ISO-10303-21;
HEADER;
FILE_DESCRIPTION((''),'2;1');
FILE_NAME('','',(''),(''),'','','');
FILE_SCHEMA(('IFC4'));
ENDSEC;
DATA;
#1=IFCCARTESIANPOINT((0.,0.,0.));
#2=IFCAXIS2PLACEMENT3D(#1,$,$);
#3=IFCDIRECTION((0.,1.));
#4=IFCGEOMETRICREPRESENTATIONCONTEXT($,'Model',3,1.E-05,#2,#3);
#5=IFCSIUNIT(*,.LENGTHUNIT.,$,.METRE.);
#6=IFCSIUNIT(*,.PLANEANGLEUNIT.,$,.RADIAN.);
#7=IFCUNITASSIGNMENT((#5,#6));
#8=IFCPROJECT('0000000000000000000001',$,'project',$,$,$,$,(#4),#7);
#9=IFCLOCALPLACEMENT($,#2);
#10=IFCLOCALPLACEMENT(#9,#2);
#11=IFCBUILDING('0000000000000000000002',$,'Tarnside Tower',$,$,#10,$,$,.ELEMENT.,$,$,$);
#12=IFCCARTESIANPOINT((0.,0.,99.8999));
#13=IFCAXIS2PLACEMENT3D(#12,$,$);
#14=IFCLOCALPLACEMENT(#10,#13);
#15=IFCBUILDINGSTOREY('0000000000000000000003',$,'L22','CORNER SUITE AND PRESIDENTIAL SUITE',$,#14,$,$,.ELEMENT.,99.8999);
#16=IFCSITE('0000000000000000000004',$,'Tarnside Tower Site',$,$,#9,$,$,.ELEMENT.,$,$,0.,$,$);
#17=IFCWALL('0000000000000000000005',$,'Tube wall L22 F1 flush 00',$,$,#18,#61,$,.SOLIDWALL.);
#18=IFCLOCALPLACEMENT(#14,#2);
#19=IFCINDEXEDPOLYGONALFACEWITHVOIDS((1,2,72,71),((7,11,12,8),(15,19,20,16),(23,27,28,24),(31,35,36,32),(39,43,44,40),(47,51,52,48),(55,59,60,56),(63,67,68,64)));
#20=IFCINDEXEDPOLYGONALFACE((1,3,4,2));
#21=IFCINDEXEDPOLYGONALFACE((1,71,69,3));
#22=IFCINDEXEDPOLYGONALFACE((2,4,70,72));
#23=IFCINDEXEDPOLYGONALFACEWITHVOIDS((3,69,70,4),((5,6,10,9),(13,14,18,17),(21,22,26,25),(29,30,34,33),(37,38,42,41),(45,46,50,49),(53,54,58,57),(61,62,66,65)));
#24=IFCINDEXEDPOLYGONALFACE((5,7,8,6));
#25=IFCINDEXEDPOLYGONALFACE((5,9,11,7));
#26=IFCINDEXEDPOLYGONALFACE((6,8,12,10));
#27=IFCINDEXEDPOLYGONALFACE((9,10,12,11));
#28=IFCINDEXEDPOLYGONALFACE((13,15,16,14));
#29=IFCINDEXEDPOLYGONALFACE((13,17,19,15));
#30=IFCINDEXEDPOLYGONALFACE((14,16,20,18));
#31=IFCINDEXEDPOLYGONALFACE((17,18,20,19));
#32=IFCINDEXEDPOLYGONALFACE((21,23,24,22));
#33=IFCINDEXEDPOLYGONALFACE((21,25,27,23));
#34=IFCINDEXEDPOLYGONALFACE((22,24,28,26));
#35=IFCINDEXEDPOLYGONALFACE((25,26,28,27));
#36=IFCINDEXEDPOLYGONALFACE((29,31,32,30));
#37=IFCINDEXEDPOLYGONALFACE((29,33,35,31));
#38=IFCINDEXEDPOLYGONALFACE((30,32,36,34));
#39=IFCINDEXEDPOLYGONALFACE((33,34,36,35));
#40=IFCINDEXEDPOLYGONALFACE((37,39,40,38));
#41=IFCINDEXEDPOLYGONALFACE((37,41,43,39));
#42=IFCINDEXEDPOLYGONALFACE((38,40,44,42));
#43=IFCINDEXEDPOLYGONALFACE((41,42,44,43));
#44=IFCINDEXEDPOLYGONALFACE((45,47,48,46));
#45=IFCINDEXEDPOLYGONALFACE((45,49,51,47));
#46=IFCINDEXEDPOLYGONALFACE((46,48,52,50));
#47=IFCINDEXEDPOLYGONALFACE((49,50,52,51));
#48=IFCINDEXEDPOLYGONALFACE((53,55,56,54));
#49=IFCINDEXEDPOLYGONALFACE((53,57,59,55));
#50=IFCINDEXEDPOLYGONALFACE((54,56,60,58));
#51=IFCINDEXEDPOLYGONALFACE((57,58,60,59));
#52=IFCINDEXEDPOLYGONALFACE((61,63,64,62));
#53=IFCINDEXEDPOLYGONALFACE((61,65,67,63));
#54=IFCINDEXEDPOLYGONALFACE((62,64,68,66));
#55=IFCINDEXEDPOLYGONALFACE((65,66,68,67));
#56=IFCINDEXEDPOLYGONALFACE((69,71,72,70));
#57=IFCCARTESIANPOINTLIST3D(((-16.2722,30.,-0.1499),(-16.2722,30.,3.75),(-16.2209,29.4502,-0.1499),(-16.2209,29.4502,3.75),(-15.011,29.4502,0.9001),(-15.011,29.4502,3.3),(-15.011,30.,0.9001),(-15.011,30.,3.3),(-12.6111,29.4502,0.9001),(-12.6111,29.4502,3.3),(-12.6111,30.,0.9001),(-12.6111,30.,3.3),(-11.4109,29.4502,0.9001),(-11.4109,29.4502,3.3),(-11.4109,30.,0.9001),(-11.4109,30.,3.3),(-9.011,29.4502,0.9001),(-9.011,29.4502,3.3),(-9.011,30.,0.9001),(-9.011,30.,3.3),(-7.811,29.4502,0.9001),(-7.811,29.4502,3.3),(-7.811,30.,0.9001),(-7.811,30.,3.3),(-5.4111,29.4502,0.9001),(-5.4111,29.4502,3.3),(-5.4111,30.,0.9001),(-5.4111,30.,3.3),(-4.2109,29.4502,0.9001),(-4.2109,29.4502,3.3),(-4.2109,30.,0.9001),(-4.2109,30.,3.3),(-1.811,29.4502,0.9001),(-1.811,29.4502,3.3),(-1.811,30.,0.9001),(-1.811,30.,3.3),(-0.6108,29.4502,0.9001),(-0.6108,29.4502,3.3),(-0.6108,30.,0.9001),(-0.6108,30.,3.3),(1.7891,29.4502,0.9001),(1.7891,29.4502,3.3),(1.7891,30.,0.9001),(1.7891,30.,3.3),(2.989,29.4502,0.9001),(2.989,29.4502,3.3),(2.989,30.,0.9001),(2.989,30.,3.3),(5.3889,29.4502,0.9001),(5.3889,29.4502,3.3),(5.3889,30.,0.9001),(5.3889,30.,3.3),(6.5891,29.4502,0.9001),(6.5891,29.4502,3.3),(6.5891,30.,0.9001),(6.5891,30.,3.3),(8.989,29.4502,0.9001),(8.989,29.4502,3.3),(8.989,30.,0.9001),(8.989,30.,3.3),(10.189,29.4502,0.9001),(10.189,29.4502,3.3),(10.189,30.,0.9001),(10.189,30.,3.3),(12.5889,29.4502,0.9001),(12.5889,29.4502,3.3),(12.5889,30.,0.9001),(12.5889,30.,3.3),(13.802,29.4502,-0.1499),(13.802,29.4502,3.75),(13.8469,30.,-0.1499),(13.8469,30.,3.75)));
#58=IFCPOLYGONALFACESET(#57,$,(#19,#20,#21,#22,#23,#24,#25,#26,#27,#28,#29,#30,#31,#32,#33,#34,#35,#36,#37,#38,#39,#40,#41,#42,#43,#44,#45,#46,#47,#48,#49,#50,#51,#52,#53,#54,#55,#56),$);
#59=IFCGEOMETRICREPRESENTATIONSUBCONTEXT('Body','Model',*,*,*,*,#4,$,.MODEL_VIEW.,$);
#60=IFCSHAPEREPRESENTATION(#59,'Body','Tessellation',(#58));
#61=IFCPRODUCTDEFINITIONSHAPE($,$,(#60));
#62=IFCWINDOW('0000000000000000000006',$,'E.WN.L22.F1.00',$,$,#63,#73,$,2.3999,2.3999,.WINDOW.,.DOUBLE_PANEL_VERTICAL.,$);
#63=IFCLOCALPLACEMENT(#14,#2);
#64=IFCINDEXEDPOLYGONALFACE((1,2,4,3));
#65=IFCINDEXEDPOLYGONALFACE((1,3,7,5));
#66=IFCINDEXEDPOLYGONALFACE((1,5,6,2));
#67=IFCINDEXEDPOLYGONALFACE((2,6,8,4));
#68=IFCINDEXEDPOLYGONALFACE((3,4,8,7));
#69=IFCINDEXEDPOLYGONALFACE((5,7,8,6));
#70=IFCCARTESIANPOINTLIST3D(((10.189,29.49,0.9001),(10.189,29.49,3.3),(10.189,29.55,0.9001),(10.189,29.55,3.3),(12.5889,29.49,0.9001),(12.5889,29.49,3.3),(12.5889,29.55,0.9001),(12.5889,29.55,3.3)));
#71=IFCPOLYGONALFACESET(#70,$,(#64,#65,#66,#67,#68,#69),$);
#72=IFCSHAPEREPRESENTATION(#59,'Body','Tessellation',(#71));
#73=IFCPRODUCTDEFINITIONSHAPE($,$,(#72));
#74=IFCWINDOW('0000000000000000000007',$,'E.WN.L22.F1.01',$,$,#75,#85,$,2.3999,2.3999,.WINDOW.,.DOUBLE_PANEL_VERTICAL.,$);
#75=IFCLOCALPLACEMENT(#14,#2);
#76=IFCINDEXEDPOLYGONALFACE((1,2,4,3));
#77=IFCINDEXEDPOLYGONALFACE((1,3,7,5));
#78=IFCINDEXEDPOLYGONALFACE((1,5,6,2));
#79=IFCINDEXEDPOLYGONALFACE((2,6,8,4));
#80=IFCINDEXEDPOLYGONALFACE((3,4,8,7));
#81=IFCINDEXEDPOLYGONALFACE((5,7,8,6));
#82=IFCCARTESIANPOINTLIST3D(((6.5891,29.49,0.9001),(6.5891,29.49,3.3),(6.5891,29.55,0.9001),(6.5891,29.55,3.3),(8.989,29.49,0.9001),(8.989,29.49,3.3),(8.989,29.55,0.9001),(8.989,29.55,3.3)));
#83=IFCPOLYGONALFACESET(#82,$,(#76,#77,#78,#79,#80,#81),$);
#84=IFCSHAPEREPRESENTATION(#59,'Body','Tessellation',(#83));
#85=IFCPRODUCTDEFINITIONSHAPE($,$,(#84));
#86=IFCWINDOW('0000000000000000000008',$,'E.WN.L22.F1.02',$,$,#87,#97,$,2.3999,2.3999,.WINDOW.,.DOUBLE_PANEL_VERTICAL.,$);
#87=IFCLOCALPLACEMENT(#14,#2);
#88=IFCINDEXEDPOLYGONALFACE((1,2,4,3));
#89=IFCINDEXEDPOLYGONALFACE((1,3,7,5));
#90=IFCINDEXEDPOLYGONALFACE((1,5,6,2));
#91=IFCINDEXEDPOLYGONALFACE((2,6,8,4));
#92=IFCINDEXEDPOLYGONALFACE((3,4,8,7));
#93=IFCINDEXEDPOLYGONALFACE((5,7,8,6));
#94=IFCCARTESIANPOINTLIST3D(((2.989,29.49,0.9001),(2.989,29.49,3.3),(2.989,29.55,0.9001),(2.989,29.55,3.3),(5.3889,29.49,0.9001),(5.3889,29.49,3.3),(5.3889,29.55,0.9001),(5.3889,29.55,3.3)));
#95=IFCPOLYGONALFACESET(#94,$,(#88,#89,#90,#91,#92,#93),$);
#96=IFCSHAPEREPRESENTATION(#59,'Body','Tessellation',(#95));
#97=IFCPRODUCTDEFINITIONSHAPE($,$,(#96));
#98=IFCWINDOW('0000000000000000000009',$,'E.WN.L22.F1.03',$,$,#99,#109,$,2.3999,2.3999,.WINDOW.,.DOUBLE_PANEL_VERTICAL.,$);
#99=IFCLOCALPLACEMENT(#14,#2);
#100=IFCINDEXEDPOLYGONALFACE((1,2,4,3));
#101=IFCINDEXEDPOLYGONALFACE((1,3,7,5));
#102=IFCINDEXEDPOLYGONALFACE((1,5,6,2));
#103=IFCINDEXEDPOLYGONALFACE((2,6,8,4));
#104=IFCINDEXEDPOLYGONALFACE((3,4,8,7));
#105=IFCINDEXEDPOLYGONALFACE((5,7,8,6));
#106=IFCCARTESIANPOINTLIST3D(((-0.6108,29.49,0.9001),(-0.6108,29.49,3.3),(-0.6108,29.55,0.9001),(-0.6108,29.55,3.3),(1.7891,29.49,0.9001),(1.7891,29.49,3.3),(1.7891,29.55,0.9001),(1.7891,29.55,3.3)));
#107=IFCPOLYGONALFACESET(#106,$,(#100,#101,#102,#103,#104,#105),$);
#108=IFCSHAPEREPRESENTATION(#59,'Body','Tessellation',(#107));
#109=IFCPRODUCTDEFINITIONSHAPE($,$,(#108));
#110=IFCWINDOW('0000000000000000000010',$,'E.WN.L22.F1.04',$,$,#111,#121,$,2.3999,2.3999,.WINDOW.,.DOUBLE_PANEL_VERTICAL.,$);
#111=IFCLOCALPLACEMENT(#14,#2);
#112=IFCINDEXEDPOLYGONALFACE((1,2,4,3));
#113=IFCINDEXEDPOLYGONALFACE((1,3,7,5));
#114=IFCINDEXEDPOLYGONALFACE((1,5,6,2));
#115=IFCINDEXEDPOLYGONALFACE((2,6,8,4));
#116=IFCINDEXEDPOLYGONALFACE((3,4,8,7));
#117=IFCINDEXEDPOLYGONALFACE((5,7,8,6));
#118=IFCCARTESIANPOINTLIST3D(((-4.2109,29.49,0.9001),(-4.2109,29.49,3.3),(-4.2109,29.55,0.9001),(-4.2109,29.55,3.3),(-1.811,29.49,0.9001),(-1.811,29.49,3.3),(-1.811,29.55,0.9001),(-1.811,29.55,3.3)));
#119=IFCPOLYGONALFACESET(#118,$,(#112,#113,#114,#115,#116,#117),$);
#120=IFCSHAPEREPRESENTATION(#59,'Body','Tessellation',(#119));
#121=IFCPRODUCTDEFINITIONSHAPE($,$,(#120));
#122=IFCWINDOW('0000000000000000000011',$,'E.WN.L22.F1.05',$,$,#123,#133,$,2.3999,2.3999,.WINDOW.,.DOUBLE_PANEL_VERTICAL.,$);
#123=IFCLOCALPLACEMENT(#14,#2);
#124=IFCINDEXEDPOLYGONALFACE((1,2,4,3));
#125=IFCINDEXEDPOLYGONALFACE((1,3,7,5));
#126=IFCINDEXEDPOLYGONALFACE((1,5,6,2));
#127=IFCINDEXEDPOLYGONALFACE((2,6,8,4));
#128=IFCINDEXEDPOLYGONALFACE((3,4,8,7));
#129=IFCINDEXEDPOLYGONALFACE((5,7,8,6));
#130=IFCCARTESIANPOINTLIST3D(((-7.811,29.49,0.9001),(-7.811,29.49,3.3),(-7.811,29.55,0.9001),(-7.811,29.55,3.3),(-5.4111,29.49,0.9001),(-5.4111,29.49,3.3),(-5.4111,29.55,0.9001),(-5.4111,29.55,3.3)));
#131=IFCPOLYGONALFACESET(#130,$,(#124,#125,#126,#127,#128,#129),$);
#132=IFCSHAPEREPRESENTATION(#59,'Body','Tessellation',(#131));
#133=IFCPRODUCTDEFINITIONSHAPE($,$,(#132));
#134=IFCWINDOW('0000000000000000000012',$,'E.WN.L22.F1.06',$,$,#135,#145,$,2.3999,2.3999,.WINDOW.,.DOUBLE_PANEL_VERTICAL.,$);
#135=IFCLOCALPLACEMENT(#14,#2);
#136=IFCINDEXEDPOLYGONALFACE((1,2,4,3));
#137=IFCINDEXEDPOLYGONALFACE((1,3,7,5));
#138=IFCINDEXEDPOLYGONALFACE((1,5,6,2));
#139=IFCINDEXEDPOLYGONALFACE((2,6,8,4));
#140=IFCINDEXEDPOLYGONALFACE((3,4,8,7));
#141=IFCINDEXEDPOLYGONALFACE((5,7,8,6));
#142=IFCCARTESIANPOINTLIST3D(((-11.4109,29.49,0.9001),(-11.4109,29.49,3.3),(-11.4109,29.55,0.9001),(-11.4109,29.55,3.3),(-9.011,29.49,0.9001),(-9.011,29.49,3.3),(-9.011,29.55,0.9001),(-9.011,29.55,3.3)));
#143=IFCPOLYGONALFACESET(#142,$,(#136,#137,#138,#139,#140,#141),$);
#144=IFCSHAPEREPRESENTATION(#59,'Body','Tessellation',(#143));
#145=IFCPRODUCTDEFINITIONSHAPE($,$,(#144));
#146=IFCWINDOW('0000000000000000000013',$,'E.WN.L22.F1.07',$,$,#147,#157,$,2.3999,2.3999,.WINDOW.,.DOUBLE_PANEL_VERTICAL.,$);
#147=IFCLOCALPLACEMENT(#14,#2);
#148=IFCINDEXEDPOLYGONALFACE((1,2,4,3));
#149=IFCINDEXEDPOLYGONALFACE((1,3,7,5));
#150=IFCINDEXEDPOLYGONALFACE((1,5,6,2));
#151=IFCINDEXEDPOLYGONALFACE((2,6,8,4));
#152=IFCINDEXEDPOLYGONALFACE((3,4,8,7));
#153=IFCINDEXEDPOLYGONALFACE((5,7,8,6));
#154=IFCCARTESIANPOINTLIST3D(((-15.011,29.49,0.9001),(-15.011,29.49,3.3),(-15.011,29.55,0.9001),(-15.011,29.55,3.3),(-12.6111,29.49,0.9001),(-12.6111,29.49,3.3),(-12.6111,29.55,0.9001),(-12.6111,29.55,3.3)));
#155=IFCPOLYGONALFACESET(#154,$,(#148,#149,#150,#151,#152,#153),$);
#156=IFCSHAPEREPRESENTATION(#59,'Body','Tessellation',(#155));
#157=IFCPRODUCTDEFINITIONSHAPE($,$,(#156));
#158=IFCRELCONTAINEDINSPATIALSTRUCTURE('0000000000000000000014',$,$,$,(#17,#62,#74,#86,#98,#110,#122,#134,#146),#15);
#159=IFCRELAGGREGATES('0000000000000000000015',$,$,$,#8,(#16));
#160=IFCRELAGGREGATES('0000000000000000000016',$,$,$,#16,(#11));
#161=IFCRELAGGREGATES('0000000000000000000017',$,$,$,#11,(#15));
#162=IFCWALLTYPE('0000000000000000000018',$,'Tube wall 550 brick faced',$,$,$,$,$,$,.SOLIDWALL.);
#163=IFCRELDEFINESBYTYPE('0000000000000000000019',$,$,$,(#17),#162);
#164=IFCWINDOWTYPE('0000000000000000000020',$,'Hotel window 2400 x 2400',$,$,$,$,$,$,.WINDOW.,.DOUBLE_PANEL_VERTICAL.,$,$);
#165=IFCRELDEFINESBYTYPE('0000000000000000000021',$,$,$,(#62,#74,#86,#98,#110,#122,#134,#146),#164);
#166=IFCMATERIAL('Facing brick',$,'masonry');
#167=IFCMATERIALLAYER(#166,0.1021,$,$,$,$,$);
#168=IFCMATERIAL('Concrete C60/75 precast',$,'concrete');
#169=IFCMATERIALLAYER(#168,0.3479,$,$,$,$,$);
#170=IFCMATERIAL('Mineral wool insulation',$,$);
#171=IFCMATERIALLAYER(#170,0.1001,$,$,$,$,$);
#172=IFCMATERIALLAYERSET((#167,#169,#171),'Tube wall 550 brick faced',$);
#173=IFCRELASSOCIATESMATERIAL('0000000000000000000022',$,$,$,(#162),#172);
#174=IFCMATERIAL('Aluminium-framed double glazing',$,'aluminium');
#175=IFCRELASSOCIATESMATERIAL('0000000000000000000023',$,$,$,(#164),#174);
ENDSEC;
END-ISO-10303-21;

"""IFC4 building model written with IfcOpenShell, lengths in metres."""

from ifc_helpers import new_model, si_unit, direction, frame, frame_2d, origin, place, context, subcontext, project, spatial, polyline, rectangle, outline, extrude, material, layer, layer_set, type_object, element, fill, save


model = new_model("IFC4")

# Units and contexts
model_context = context("Model", 3, precision=1e-05, world=origin(), true_north=direction((0.0, 1.0)))
body_context = subcontext(model_context, "Body", "Model", "MODEL_VIEW")
ifc_project = project(units=[si_unit("LENGTHUNIT", "METRE"), si_unit("PLANEANGLEUNIT", "RADIAN")], contexts=[model_context])

# Site, building, storey
site_placement = place(None, origin())
site = spatial("IfcSite", under=ifc_project, at=site_placement, Name="Tarnside Tower Site", CompositionType="ELEMENT", RefElevation=0.0)
building_placement = place(site_placement, origin())
building = spatial("IfcBuilding", under=site, at=building_placement, Name="Tarnside Tower", CompositionType="ELEMENT")
storey_placement = place(building_placement, frame((0.0, 0.0, 99.8999)))
storey = spatial("IfcBuildingStorey", under=building, at=storey_placement, Name="L22", Description="CORNER SUITE AND PRESIDENTIAL SUITE", CompositionType="ELEMENT", Elevation=99.8999)

# Wall, openings, windows
ifc_material_1 = material(Name="Facing brick", Category="masonry")
ifc_layer_1 = layer(ifc_material_1, 0.1021)
ifc_material_2 = material(Name="Concrete C60/75 precast", Category="concrete")
ifc_layer_2 = layer(ifc_material_2, 0.3479)
ifc_material_3 = material(Name="Mineral wool insulation")
ifc_layer_3 = layer(ifc_material_3, 0.1001)
ifc_layer_set_1 = layer_set([ifc_layer_1, ifc_layer_2, ifc_layer_3], Name="Tube wall 550 brick faced")
wall_type_1 = type_object("IfcWallType", Name="Tube wall 550 brick faced", PredefinedType="SOLIDWALL", material=ifc_layer_set_1)
wall_1_placement = place(storey_placement, frame((13.8245, 29.7251, -0.1499), z_axis=(0.0, 0.0, 1.0), x_axis=(-1.0, 0.0, 0.0)))
wall_1 = element("IfcWall", 1, at=wall_1_placement, inside=storey, type_object=wall_type_1, Name="Tube wall L22 F1 flush 00", PredefinedType="SOLIDWALL", context=body_context, shape_type="SweptSolid", body=[
    extrude(outline(polyline([(-0.0225, -0.2749), (30.0967, -0.2749), (30.0454, 0.2749), (0.0225, 0.2749), (-0.0225, -0.2749)])), origin(), (0.0, 0.0, 1.0), 3.8999),
])
opening_1_placement = place(wall_1_placement, frame((1.2356, 0.0, 1.05)))
opening_1 = element("IfcOpeningElement", 2, at=opening_1_placement, cuts=wall_1, PredefinedType="OPENING", context=body_context, shape_type="SweptSolid", body=[
    extrude(rectangle(XDim=2.3999, YDim=2.3999, at=frame_2d((1.2, 1.2))), frame((0.0, 0.2852, 0.0), z_axis=(0.0, -1.0, 0.0), x_axis=(1.0, 0.0, 0.0)), (0.0, 0.0, 1.0), 0.5701),
])
opening_2_placement = place(wall_1_placement, frame((4.8354, 0.0, 1.05)))
opening_2 = element("IfcOpeningElement", 3, at=opening_2_placement, cuts=wall_1, PredefinedType="OPENING", context=body_context, shape_type="SweptSolid", body=[
    extrude(rectangle(XDim=2.3999, YDim=2.3999, at=frame_2d((1.2, 1.2))), frame((0.0, 0.2852, 0.0), z_axis=(0.0, -1.0, 0.0), x_axis=(1.0, 0.0, 0.0)), (0.0, 0.0, 1.0), 0.5701),
])
opening_3_placement = place(wall_1_placement, frame((8.4355, 0.0, 1.05)))
opening_3 = element("IfcOpeningElement", 4, at=opening_3_placement, cuts=wall_1, PredefinedType="OPENING", context=body_context, shape_type="SweptSolid", body=[
    extrude(rectangle(XDim=2.3999, YDim=2.3999, at=frame_2d((1.2, 1.2))), frame((0.0, 0.2852, 0.0), z_axis=(0.0, -1.0, 0.0), x_axis=(1.0, 0.0, 0.0)), (0.0, 0.0, 1.0), 0.5701),
])
opening_4_placement = place(wall_1_placement, frame((12.0354, 0.0, 1.05)))
opening_4 = element("IfcOpeningElement", 5, at=opening_4_placement, cuts=wall_1, PredefinedType="OPENING", context=body_context, shape_type="SweptSolid", body=[
    extrude(rectangle(XDim=2.3999, YDim=2.3999, at=frame_2d((1.2, 1.2))), frame((0.0, 0.2852, 0.0), z_axis=(0.0, -1.0, 0.0), x_axis=(1.0, 0.0, 0.0)), (0.0, 0.0, 1.0), 0.5701),
])
opening_5_placement = place(wall_1_placement, frame((15.6355, 0.0, 1.05)))
opening_5 = element("IfcOpeningElement", 6, at=opening_5_placement, cuts=wall_1, PredefinedType="OPENING", context=body_context, shape_type="SweptSolid", body=[
    extrude(rectangle(XDim=2.3999, YDim=2.3999, at=frame_2d((1.2, 1.2))), frame((0.0, 0.2852, 0.0), z_axis=(0.0, -1.0, 0.0), x_axis=(1.0, 0.0, 0.0)), (0.0, 0.0, 1.0), 0.5701),
])
opening_6_placement = place(wall_1_placement, frame((19.2356, 0.0, 1.05)))
opening_6 = element("IfcOpeningElement", 7, at=opening_6_placement, cuts=wall_1, PredefinedType="OPENING", context=body_context, shape_type="SweptSolid", body=[
    extrude(rectangle(XDim=2.3999, YDim=2.3999, at=frame_2d((1.2, 1.2))), frame((0.0, 0.2852, 0.0), z_axis=(0.0, -1.0, 0.0), x_axis=(1.0, 0.0, 0.0)), (0.0, 0.0, 1.0), 0.5701),
])
opening_7_placement = place(wall_1_placement, frame((22.8354, 0.0, 1.05)))
opening_7 = element("IfcOpeningElement", 8, at=opening_7_placement, cuts=wall_1, PredefinedType="OPENING", context=body_context, shape_type="SweptSolid", body=[
    extrude(rectangle(XDim=2.3999, YDim=2.3999, at=frame_2d((1.2, 1.2))), frame((0.0, 0.2852, 0.0), z_axis=(0.0, -1.0, 0.0), x_axis=(1.0, 0.0, 0.0)), (0.0, 0.0, 1.0), 0.5701),
])
opening_8_placement = place(wall_1_placement, frame((26.4355, 0.0, 1.05)))
opening_8 = element("IfcOpeningElement", 9, at=opening_8_placement, cuts=wall_1, PredefinedType="OPENING", context=body_context, shape_type="SweptSolid", body=[
    extrude(rectangle(XDim=2.3999, YDim=2.3999, at=frame_2d((1.2, 1.2))), frame((0.0, 0.2852, 0.0), z_axis=(0.0, -1.0, 0.0), x_axis=(1.0, 0.0, 0.0)), (0.0, 0.0, 1.0), 0.5701),
])
ifc_material_4 = material(Name="Aluminium-framed double glazing", Category="aluminium")
window_type = type_object("IfcWindowType", Name="Hotel window 2400 x 2400", PartitioningType="DOUBLE_PANEL_VERTICAL", PredefinedType="WINDOW", material=ifc_material_4)
window_1_placement = place(opening_1_placement, frame((0.0, 0.2051, 0.0)))
window_1 = element("IfcWindow", 10, at=window_1_placement, inside=storey, type_object=window_type, Name="E.WN.L22.F1.00", OverallHeight=2.3999, OverallWidth=2.3999, PartitioningType="DOUBLE_PANEL_VERTICAL", PredefinedType="WINDOW", context=body_context, shape_type="SweptSolid", body=[
    extrude(rectangle(XDim=2.3999, YDim=2.3999, at=frame_2d((1.2, 1.2))), frame((0.0, 0.03, 0.0), z_axis=(0.0, -1.0, 0.0), x_axis=(1.0, 0.0, 0.0)), (0.0, 0.0, 1.0), 0.0601),
])
fill(opening_1, window_1)
window_2_placement = place(opening_2_placement, frame((0.0, 0.2051, 0.0)))
window_2 = element("IfcWindow", 11, at=window_2_placement, inside=storey, type_object=window_type, Name="E.WN.L22.F1.01", OverallHeight=2.3999, OverallWidth=2.3999, PartitioningType="DOUBLE_PANEL_VERTICAL", PredefinedType="WINDOW", context=body_context, shape_type="SweptSolid", body=[
    extrude(rectangle(XDim=2.3999, YDim=2.3999, at=frame_2d((1.2, 1.2))), frame((0.0, 0.03, 0.0), z_axis=(0.0, -1.0, 0.0), x_axis=(1.0, 0.0, 0.0)), (0.0, 0.0, 1.0), 0.0601),
])
fill(opening_2, window_2)
window_3_placement = place(opening_3_placement, frame((0.0, 0.2051, 0.0)))
window_3 = element("IfcWindow", 12, at=window_3_placement, inside=storey, type_object=window_type, Name="E.WN.L22.F1.02", OverallHeight=2.3999, OverallWidth=2.3999, PartitioningType="DOUBLE_PANEL_VERTICAL", PredefinedType="WINDOW", context=body_context, shape_type="SweptSolid", body=[
    extrude(rectangle(XDim=2.3999, YDim=2.3999, at=frame_2d((1.2, 1.2))), frame((0.0, 0.03, 0.0), z_axis=(0.0, -1.0, 0.0), x_axis=(1.0, 0.0, 0.0)), (0.0, 0.0, 1.0), 0.0601),
])
fill(opening_3, window_3)
window_4_placement = place(opening_4_placement, frame((0.0, 0.2051, 0.0)))
window_4 = element("IfcWindow", 13, at=window_4_placement, inside=storey, type_object=window_type, Name="E.WN.L22.F1.03", OverallHeight=2.3999, OverallWidth=2.3999, PartitioningType="DOUBLE_PANEL_VERTICAL", PredefinedType="WINDOW", context=body_context, shape_type="SweptSolid", body=[
    extrude(rectangle(XDim=2.3999, YDim=2.3999, at=frame_2d((1.2, 1.2))), frame((0.0, 0.03, 0.0), z_axis=(0.0, -1.0, 0.0), x_axis=(1.0, 0.0, 0.0)), (0.0, 0.0, 1.0), 0.0601),
])
fill(opening_4, window_4)
window_5_placement = place(opening_5_placement, frame((0.0, 0.2051, 0.0)))
window_5 = element("IfcWindow", 14, at=window_5_placement, inside=storey, type_object=window_type, Name="E.WN.L22.F1.04", OverallHeight=2.3999, OverallWidth=2.3999, PartitioningType="DOUBLE_PANEL_VERTICAL", PredefinedType="WINDOW", context=body_context, shape_type="SweptSolid", body=[
    extrude(rectangle(XDim=2.3999, YDim=2.3999, at=frame_2d((1.2, 1.2))), frame((0.0, 0.03, 0.0), z_axis=(0.0, -1.0, 0.0), x_axis=(1.0, 0.0, 0.0)), (0.0, 0.0, 1.0), 0.0601),
])
fill(opening_5, window_5)
window_6_placement = place(opening_6_placement, frame((0.0, 0.2051, 0.0)))
window_6 = element("IfcWindow", 15, at=window_6_placement, inside=storey, type_object=window_type, Name="E.WN.L22.F1.05", OverallHeight=2.3999, OverallWidth=2.3999, PartitioningType="DOUBLE_PANEL_VERTICAL", PredefinedType="WINDOW", context=body_context, shape_type="SweptSolid", body=[
    extrude(rectangle(XDim=2.3999, YDim=2.3999, at=frame_2d((1.2, 1.2))), frame((0.0, 0.03, 0.0), z_axis=(0.0, -1.0, 0.0), x_axis=(1.0, 0.0, 0.0)), (0.0, 0.0, 1.0), 0.0601),
])
fill(opening_6, window_6)
window_7_placement = place(opening_7_placement, frame((0.0, 0.2051, 0.0)))
window_7 = element("IfcWindow", 16, at=window_7_placement, inside=storey, type_object=window_type, Name="E.WN.L22.F1.06", OverallHeight=2.3999, OverallWidth=2.3999, PartitioningType="DOUBLE_PANEL_VERTICAL", PredefinedType="WINDOW", context=body_context, shape_type="SweptSolid", body=[
    extrude(rectangle(XDim=2.3999, YDim=2.3999, at=frame_2d((1.2, 1.2))), frame((0.0, 0.03, 0.0), z_axis=(0.0, -1.0, 0.0), x_axis=(1.0, 0.0, 0.0)), (0.0, 0.0, 1.0), 0.0601),
])
fill(opening_7, window_7)
window_8_placement = place(opening_8_placement, frame((0.0, 0.2051, 0.0)))
window_8 = element("IfcWindow", 17, at=window_8_placement, inside=storey, type_object=window_type, Name="E.WN.L22.F1.07", OverallHeight=2.3999, OverallWidth=2.3999, PartitioningType="DOUBLE_PANEL_VERTICAL", PredefinedType="WINDOW", context=body_context, shape_type="SweptSolid", body=[
    extrude(rectangle(XDim=2.3999, YDim=2.3999, at=frame_2d((1.2, 1.2))), frame((0.0, 0.03, 0.0), z_axis=(0.0, -1.0, 0.0), x_axis=(1.0, 0.0, 0.0)), (0.0, 0.0, 1.0), 0.0601),
])
fill(opening_8, window_8)

save(model, "model.ifc")
